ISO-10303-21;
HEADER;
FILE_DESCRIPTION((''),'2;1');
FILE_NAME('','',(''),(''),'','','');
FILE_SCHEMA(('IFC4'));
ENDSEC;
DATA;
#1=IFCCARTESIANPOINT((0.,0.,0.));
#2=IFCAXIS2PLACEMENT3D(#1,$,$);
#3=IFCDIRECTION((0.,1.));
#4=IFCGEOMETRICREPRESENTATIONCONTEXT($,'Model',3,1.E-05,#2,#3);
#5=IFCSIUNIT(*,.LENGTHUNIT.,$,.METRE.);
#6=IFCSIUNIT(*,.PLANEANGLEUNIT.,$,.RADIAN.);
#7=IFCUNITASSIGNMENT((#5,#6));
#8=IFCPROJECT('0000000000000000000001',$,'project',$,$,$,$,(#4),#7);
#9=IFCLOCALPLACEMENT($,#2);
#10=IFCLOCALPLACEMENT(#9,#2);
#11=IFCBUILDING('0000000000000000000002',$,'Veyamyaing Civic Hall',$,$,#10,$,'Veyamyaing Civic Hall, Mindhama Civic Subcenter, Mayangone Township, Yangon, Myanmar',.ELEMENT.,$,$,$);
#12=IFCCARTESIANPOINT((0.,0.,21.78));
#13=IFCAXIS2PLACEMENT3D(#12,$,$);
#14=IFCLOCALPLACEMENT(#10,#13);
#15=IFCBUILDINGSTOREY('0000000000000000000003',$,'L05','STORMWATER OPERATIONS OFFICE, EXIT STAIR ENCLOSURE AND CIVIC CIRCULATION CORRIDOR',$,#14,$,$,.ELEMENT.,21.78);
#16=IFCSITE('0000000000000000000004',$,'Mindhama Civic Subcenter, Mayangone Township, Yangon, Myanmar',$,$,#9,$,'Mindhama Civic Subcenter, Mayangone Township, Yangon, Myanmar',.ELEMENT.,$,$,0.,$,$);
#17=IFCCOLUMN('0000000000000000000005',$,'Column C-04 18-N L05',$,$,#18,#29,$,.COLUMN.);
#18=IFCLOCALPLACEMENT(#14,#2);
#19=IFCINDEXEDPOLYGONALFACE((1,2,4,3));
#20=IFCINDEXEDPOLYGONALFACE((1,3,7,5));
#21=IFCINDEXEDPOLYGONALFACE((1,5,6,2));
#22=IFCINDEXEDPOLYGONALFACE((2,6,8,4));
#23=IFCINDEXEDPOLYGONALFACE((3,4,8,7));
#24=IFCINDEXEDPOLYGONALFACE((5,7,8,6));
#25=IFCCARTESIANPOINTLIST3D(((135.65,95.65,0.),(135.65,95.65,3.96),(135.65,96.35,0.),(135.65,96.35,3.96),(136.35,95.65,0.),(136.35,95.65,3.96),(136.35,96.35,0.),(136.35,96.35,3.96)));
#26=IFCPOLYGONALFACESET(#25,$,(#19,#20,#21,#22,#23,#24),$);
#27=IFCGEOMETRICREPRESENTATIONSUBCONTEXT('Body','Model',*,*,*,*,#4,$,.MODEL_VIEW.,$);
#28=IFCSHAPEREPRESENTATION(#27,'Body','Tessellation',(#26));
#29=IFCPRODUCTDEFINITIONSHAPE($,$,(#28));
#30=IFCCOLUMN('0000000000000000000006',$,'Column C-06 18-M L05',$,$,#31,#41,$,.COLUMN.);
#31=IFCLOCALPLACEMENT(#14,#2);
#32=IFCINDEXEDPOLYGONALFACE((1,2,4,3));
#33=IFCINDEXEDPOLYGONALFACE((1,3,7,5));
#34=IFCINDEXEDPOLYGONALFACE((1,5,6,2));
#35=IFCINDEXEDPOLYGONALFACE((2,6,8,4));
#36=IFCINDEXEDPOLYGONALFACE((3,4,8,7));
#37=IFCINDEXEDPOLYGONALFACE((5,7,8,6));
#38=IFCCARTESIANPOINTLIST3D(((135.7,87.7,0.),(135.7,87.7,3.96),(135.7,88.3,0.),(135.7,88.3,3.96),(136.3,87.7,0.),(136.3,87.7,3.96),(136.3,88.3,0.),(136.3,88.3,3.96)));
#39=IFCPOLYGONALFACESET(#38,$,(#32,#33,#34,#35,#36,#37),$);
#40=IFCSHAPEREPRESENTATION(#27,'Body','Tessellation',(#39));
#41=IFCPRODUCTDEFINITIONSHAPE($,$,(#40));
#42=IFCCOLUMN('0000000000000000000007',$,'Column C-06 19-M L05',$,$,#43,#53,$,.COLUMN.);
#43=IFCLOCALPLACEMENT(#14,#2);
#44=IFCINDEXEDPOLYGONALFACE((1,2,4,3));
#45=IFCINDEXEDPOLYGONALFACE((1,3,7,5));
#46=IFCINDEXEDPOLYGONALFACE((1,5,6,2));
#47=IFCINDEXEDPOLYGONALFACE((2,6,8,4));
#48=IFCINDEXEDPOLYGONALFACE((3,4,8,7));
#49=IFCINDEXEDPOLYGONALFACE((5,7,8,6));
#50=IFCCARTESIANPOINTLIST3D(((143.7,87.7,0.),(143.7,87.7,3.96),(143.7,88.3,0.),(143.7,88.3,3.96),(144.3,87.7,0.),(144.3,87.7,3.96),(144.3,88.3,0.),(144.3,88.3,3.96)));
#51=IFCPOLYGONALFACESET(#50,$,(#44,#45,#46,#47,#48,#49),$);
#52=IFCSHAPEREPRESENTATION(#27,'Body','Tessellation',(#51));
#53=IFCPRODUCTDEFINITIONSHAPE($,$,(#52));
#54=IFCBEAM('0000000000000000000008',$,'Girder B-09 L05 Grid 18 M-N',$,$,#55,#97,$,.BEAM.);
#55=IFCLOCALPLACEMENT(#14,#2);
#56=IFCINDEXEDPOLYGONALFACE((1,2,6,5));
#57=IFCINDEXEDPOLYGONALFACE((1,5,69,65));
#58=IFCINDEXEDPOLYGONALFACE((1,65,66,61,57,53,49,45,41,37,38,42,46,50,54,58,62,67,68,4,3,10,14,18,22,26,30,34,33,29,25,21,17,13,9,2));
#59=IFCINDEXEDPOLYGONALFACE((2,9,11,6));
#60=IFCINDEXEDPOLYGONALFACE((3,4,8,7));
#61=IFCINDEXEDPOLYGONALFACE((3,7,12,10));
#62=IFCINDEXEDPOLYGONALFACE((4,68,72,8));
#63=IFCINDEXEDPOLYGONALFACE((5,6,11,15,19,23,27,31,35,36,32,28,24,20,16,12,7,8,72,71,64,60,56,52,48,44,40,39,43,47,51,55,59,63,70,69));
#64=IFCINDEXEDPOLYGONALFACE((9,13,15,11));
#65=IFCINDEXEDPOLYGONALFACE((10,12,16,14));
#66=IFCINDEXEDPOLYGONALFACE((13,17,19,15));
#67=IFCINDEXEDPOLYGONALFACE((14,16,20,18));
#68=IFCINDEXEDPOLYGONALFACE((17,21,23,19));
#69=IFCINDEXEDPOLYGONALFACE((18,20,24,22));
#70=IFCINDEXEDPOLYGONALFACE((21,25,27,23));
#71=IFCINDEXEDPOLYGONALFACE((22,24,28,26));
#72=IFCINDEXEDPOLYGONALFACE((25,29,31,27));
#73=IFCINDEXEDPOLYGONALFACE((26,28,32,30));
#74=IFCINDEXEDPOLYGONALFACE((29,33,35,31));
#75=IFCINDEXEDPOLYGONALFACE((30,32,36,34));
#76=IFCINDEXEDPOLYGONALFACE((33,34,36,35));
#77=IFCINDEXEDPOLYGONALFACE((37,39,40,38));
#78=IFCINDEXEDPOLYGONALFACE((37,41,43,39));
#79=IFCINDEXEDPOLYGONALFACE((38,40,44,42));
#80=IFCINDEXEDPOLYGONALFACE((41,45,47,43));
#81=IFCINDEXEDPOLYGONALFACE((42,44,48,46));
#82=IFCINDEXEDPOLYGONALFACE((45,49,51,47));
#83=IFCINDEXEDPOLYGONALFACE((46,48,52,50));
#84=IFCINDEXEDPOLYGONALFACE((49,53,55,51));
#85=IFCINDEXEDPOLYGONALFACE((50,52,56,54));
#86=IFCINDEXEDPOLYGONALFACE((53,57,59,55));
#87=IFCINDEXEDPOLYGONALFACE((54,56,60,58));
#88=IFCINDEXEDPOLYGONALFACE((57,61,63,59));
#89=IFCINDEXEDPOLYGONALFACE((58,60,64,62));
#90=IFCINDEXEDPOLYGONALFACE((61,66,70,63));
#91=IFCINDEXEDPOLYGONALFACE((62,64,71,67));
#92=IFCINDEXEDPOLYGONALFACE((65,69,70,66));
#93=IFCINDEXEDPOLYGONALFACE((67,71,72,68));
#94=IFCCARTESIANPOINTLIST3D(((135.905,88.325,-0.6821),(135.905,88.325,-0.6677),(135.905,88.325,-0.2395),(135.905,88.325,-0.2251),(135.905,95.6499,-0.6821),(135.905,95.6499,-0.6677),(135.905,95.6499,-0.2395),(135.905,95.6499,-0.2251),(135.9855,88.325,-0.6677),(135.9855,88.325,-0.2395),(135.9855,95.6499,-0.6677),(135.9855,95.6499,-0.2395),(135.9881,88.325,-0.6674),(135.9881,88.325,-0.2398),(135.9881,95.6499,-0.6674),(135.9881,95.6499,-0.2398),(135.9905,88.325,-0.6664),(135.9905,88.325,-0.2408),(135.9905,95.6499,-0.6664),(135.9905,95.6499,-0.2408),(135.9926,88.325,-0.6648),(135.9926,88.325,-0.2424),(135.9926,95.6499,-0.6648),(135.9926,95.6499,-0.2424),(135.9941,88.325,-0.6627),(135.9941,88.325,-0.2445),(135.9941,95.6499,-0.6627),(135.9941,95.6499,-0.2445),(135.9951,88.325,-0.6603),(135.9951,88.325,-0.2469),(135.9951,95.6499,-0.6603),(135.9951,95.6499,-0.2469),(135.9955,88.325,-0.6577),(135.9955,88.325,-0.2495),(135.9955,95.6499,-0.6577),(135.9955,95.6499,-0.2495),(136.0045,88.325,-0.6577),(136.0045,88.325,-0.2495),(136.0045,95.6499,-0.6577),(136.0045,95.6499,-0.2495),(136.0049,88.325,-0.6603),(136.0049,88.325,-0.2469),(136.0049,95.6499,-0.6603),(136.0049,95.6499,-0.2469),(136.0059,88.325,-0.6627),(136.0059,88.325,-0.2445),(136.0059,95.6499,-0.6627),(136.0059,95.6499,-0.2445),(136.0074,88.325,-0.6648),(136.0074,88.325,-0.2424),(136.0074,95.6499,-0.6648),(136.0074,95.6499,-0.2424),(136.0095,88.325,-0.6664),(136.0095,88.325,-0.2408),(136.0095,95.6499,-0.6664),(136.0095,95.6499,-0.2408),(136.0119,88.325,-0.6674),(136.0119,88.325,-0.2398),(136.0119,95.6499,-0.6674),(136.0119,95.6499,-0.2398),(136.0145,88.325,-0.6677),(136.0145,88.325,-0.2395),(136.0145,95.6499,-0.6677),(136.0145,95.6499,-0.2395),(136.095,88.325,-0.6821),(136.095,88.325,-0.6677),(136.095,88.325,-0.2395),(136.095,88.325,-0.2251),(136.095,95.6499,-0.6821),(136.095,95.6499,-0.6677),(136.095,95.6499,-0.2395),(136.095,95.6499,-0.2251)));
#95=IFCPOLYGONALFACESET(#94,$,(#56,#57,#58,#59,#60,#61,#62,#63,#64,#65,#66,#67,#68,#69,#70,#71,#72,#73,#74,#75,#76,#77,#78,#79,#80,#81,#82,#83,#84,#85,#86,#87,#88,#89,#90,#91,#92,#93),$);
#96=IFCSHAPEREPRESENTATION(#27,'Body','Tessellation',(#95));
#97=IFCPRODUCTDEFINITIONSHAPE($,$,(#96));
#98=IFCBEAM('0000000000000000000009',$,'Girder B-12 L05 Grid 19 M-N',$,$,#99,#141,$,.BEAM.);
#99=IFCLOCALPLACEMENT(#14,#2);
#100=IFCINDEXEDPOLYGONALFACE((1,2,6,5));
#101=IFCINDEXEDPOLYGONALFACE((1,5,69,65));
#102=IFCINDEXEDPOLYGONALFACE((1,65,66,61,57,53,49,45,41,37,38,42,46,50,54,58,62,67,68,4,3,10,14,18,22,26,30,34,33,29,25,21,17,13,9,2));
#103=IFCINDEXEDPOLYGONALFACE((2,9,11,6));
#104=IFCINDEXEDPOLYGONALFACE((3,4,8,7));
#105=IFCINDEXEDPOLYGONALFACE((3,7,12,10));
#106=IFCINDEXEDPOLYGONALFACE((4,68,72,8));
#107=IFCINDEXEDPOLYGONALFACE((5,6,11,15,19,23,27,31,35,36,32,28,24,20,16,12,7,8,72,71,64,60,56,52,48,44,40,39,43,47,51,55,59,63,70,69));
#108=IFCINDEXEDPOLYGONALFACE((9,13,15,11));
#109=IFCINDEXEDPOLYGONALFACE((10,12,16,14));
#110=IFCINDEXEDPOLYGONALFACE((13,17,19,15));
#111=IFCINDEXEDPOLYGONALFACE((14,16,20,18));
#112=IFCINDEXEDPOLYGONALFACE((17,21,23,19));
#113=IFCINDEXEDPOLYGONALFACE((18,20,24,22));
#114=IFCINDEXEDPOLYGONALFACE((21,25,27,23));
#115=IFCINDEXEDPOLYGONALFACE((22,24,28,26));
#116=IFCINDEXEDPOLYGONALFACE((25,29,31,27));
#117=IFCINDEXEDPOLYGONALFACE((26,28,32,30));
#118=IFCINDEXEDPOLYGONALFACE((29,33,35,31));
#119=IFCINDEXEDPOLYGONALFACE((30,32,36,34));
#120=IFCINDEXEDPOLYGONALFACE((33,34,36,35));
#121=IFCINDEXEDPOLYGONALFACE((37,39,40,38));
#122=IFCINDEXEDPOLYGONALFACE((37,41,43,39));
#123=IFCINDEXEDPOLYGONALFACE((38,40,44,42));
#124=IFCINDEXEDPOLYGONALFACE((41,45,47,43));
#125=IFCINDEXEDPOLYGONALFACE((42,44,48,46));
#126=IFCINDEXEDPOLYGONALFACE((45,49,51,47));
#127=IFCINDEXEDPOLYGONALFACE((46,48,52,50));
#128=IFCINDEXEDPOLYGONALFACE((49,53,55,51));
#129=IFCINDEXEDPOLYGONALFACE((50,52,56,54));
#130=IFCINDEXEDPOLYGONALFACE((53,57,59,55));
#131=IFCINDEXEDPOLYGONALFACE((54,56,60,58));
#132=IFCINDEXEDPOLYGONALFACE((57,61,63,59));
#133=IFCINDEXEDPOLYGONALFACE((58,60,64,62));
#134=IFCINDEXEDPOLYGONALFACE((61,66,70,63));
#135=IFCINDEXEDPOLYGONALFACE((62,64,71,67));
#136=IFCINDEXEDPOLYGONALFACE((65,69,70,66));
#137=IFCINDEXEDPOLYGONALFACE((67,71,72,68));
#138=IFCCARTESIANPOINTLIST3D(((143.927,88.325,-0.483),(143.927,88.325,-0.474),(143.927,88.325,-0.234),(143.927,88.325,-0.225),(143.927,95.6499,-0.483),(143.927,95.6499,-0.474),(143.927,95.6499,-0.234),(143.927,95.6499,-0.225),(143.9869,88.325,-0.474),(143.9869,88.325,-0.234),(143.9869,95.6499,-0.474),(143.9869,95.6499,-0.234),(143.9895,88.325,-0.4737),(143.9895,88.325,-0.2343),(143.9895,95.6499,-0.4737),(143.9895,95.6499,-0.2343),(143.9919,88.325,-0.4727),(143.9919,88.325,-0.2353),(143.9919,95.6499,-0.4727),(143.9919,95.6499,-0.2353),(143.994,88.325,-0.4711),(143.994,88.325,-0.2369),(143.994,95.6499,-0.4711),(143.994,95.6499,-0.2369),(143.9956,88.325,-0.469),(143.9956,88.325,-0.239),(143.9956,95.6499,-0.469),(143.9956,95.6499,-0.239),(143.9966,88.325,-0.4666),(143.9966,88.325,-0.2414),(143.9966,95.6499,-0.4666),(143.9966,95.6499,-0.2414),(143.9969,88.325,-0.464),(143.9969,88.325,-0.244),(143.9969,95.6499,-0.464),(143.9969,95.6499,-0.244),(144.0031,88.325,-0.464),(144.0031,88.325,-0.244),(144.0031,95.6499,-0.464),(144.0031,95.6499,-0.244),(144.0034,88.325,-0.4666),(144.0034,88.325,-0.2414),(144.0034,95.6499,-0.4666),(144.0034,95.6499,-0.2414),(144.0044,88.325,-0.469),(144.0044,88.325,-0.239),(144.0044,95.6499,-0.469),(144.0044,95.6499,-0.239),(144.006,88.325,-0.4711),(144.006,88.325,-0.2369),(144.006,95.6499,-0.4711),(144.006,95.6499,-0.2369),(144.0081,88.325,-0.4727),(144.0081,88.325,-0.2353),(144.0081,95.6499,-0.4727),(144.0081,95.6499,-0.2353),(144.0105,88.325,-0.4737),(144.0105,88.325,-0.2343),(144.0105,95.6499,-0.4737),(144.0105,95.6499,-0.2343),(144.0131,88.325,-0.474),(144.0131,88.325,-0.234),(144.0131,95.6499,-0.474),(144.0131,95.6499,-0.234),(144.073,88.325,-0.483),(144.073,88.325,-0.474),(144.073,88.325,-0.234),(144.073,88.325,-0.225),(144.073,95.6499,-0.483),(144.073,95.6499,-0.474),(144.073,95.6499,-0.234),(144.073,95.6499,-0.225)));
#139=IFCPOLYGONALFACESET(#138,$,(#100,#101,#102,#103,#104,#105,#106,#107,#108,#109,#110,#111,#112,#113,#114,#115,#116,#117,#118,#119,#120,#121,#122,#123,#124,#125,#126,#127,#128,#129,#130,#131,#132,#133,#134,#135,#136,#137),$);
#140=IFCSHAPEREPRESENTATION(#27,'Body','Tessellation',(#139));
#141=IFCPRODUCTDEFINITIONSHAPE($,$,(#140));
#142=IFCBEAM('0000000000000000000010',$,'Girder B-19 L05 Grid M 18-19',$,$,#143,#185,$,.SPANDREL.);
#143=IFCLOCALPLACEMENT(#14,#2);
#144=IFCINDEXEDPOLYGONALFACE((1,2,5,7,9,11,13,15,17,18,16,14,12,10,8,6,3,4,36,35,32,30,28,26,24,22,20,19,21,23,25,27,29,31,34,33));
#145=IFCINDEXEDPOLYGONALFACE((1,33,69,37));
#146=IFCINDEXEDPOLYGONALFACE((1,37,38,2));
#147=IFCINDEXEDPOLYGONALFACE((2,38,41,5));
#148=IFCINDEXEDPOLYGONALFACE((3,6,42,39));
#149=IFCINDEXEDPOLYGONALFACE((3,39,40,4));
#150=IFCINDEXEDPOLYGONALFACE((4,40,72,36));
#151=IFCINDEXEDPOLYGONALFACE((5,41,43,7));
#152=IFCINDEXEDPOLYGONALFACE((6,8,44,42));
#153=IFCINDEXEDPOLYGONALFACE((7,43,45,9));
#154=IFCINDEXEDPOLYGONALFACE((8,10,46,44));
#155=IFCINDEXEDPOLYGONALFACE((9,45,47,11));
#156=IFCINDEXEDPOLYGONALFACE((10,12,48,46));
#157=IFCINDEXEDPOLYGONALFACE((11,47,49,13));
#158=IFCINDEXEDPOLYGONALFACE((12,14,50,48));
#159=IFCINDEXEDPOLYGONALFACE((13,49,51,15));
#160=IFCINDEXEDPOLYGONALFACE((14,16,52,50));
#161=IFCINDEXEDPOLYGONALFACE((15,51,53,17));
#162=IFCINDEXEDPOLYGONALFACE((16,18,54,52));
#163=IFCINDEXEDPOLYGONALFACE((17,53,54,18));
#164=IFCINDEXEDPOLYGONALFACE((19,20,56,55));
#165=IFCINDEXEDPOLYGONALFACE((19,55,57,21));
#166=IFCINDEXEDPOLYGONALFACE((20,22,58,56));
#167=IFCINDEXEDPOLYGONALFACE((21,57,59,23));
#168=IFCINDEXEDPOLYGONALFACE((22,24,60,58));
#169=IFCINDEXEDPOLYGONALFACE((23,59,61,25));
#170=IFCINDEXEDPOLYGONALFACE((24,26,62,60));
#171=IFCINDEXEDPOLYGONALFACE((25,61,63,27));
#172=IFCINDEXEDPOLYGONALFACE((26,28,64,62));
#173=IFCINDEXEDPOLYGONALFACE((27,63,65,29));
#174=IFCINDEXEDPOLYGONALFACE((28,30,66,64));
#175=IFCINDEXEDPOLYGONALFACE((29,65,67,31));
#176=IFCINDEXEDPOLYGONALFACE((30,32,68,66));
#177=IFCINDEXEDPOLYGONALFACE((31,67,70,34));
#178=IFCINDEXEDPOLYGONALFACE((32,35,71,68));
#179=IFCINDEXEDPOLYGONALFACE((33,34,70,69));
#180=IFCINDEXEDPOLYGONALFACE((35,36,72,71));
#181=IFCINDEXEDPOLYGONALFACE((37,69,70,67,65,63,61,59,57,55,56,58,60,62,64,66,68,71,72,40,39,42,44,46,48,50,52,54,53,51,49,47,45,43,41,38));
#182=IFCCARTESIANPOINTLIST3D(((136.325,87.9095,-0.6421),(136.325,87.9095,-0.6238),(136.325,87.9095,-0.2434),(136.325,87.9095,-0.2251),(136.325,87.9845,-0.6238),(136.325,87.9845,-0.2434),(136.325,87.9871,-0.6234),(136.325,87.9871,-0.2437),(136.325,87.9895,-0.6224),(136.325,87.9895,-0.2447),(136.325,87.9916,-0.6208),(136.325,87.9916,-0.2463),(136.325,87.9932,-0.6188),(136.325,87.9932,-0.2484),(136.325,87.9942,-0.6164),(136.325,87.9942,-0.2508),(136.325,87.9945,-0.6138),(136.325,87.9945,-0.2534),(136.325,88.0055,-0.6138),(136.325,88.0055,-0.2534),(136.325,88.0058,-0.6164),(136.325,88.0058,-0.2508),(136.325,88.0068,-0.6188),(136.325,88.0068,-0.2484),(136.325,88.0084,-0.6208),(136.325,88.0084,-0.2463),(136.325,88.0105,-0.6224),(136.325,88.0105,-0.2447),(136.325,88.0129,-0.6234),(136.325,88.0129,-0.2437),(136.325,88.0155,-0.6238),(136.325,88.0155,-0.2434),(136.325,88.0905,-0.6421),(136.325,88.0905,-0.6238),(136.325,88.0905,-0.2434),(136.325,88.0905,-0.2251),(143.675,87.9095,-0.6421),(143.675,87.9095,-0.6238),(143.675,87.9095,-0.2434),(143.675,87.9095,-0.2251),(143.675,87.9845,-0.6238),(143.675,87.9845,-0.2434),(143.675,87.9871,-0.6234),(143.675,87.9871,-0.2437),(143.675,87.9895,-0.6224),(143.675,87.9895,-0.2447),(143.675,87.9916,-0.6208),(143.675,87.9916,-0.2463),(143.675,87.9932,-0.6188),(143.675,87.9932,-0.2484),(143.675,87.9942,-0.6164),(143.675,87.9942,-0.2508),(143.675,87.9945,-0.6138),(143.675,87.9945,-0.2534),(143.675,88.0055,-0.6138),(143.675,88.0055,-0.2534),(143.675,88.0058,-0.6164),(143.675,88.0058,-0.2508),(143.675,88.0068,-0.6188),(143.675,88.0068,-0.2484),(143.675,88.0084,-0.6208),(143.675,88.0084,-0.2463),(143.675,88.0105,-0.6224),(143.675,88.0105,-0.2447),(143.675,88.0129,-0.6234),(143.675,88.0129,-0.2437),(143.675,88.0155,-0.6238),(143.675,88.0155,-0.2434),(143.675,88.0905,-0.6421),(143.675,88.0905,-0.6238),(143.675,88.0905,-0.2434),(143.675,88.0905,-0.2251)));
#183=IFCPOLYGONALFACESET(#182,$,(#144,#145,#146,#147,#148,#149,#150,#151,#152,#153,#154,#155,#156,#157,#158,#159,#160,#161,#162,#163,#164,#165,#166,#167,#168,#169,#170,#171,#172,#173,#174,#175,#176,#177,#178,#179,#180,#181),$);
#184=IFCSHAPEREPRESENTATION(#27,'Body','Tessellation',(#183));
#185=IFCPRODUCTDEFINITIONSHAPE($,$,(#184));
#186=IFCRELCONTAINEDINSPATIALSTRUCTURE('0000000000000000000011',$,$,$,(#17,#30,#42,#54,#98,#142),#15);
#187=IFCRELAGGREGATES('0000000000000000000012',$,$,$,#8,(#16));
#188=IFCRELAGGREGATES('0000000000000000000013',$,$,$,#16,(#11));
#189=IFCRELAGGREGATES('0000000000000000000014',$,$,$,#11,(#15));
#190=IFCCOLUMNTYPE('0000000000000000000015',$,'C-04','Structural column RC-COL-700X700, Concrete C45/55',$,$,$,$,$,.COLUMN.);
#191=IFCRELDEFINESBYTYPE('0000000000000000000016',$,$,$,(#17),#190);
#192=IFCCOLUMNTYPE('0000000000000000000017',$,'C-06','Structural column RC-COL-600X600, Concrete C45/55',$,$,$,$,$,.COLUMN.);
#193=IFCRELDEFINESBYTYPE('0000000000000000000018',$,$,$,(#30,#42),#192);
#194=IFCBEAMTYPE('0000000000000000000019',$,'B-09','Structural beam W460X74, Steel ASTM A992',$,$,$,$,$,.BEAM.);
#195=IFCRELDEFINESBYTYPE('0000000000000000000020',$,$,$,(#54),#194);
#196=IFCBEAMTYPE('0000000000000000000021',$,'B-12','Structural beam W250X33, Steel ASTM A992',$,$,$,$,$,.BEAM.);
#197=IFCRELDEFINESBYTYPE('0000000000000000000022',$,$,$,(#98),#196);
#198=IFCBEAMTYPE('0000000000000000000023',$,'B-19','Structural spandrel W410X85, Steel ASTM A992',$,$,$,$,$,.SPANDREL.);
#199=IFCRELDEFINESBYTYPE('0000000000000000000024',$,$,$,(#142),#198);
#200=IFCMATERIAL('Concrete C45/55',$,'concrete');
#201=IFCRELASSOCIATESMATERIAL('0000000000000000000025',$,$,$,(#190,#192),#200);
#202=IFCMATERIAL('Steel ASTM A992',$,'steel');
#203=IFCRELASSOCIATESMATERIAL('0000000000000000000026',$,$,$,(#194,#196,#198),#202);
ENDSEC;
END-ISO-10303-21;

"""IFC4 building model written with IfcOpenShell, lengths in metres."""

from ifc_helpers import new_model, si_unit, direction, frame, origin, origin_2d, place, context, subcontext, project, spatial, rectangle, i_section, extrude, material, material_profile, profile_set, type_object, element, save


model = new_model("IFC4")

# Units and contexts
model_context = context("Model", 3, precision=1e-05, world=origin(), true_north=direction((0.0, 1.0)))
body_context = subcontext(model_context, "Body", "Model", "MODEL_VIEW")
ifc_project = project(units=[si_unit("LENGTHUNIT", "METRE"), si_unit("PLANEANGLEUNIT", "RADIAN")], contexts=[model_context])

# Site, building, storey
site_placement = place(None, origin())
site = spatial("IfcSite", under=ifc_project, at=site_placement, Name="Mindhama Civic Subcenter, Mayangone Township, Yangon, Myanmar", LongName="Mindhama Civic Subcenter, Mayangone Township, Yangon, Myanmar", CompositionType="ELEMENT", RefElevation=0.0)
building_placement = place(site_placement, origin())
building = spatial("IfcBuilding", under=site, at=building_placement, Name="Veyamyaing Civic Hall", LongName="Veyamyaing Civic Hall, Mindhama Civic Subcenter, Mayangone Township, Yangon, Myanmar", CompositionType="ELEMENT")
storey_placement = place(building_placement, frame((0.0, 0.0, 21.78)))
storey = spatial("IfcBuildingStorey", under=building, at=storey_placement, Name="L05", Description="STORMWATER OPERATIONS OFFICE, EXIT STAIR ENCLOSURE AND CIVIC CIRCULATION CORRIDOR", CompositionType="ELEMENT", Elevation=21.78)

# Columns
ifc_material_1 = material(Name="Concrete C45/55", Category="concrete")
ifc_material_profile_1 = material_profile(ifc_material_1, rectangle(XDim=0.7, YDim=0.7, at=origin_2d()), Name="RC-COL-700X700")
ifc_profile_set_1 = profile_set([ifc_material_profile_1], Name="Concrete C45/55")
column_type_1 = type_object("IfcColumnType", Name="C-04", Description="Structural column RC-COL-700X700, Concrete C45/55", PredefinedType="COLUMN", material=ifc_profile_set_1)
column_placement = place(storey_placement, frame((136.0, 96.0, 0.0), z_axis=(0.0, 0.0, 1.0), x_axis=(1.0, 0.0, 0.0)))
element("IfcColumn", 1, at=column_placement, inside=storey, type_object=column_type_1, Name="Column C-04 18-N L05", PredefinedType="COLUMN", context=body_context, shape_type="SweptSolid", body=[
    extrude(rectangle(XDim=0.7, YDim=0.7, at=origin_2d()), origin(), (0.0, 0.0, 1.0), 3.96),
])
ifc_material_profile_2 = material_profile(ifc_material_1, rectangle(XDim=0.6001, YDim=0.6001, at=origin_2d()), Name="RC-COL-600X600")
ifc_profile_set_2 = profile_set([ifc_material_profile_2], Name="Concrete C45/55")
column_type_2 = type_object("IfcColumnType", Name="C-06", Description="Structural column RC-COL-600X600, Concrete C45/55", PredefinedType="COLUMN", material=ifc_profile_set_2)
for number, where, z_axis, x_axis, name in (
    (2, (136.0, 88.0, 0.0), (0.0, 0.0, 1.0), (1.0, 0.0, 0.0), "Column C-06 18-M L05"),
    (3, (144.0, 88.0, 0.0), (0.0, 0.0, 1.0), (1.0, 0.0, 0.0), "Column C-06 19-M L05"),
):
    element("IfcColumn", number, at=place(storey_placement, frame(where, z_axis=z_axis, x_axis=x_axis)), inside=storey, type_object=column_type_2, Name=name, PredefinedType="COLUMN", context=body_context, shape_type="SweptSolid", body=[
        extrude(rectangle(XDim=0.6001, YDim=0.6001, at=origin_2d()), origin(), (0.0, 0.0, 1.0), 3.96),
    ])

# Beams
ifc_material_2 = material(Name="Steel ASTM A992", Category="steel")
ifc_material_profile_3 = material_profile(ifc_material_2, i_section(OverallWidth=0.1899, OverallDepth=0.457, WebThickness=0.009, FlangeThickness=0.0144, FilletRadius=0.01, at=origin_2d()), Name="W460X74")
ifc_profile_set_3 = profile_set([ifc_material_profile_3], Name="Steel ASTM A992")
beam_type_1 = type_object("IfcBeamType", Name="B-09", Description="Structural beam W460X74, Steel ASTM A992", PredefinedType="BEAM", material=ifc_profile_set_3)
beam_1_placement = place(storey_placement, frame((136.0, 88.325, -0.4536), z_axis=(0.0, 1.0, 0.0), x_axis=(-1.0, 0.0, 0.0)))
element("IfcBeam", 4, at=beam_1_placement, inside=storey, type_object=beam_type_1, Name="Girder B-09 L05 Grid 18 M-N", PredefinedType="BEAM", context=body_context, shape_type="SweptSolid", body=[
    extrude(i_section(OverallWidth=0.1899, OverallDepth=0.457, WebThickness=0.009, FlangeThickness=0.0144, FilletRadius=0.01, at=origin_2d()), origin(), (0.0, 0.0, 1.0), 7.325),
])
ifc_material_profile_4 = material_profile(ifc_material_2, i_section(OverallWidth=0.146, OverallDepth=0.2581, WebThickness=0.0061, FlangeThickness=0.009, FilletRadius=0.01, at=origin_2d()), Name="W250X33")
ifc_profile_set_4 = profile_set([ifc_material_profile_4], Name="Steel ASTM A992")
beam_type_2 = type_object("IfcBeamType", Name="B-12", Description="Structural beam W250X33, Steel ASTM A992", PredefinedType="BEAM", material=ifc_profile_set_4)
beam_2_placement = place(storey_placement, frame((144.0, 88.325, -0.354), z_axis=(0.0, 1.0, 0.0), x_axis=(-1.0, 0.0, 0.0)))
element("IfcBeam", 5, at=beam_2_placement, inside=storey, type_object=beam_type_2, Name="Girder B-12 L05 Grid 19 M-N", PredefinedType="BEAM", context=body_context, shape_type="SweptSolid", body=[
    extrude(i_section(OverallWidth=0.146, OverallDepth=0.2581, WebThickness=0.0061, FlangeThickness=0.009, FilletRadius=0.01, at=origin_2d()), origin(), (0.0, 0.0, 1.0), 7.325),
])
ifc_material_profile_5 = material_profile(ifc_material_2, i_section(OverallWidth=0.1809, OverallDepth=0.417, WebThickness=0.011, FlangeThickness=0.0183, FilletRadius=0.01, at=origin_2d()), Name="W410X85")
ifc_profile_set_5 = profile_set([ifc_material_profile_5], Name="Steel ASTM A992")
beam_type_3 = type_object("IfcBeamType", Name="B-19", Description="Structural spandrel W410X85, Steel ASTM A992", PredefinedType="SPANDREL", material=ifc_profile_set_5)
beam_3_placement = place(storey_placement, frame((136.325, 88.0, -0.4336), z_axis=(1.0, 0.0, 0.0), x_axis=(0.0, 1.0, 0.0)))
element("IfcBeam", 6, at=beam_3_placement, inside=storey, type_object=beam_type_3, Name="Girder B-19 L05 Grid M 18-19", PredefinedType="SPANDREL", context=body_context, shape_type="SweptSolid", body=[
    extrude(i_section(OverallWidth=0.1809, OverallDepth=0.417, WebThickness=0.011, FlangeThickness=0.0183, FilletRadius=0.01, at=origin_2d()), origin(), (0.0, 0.0, 1.0), 7.3501),
])

save(model, "model.ifc")
